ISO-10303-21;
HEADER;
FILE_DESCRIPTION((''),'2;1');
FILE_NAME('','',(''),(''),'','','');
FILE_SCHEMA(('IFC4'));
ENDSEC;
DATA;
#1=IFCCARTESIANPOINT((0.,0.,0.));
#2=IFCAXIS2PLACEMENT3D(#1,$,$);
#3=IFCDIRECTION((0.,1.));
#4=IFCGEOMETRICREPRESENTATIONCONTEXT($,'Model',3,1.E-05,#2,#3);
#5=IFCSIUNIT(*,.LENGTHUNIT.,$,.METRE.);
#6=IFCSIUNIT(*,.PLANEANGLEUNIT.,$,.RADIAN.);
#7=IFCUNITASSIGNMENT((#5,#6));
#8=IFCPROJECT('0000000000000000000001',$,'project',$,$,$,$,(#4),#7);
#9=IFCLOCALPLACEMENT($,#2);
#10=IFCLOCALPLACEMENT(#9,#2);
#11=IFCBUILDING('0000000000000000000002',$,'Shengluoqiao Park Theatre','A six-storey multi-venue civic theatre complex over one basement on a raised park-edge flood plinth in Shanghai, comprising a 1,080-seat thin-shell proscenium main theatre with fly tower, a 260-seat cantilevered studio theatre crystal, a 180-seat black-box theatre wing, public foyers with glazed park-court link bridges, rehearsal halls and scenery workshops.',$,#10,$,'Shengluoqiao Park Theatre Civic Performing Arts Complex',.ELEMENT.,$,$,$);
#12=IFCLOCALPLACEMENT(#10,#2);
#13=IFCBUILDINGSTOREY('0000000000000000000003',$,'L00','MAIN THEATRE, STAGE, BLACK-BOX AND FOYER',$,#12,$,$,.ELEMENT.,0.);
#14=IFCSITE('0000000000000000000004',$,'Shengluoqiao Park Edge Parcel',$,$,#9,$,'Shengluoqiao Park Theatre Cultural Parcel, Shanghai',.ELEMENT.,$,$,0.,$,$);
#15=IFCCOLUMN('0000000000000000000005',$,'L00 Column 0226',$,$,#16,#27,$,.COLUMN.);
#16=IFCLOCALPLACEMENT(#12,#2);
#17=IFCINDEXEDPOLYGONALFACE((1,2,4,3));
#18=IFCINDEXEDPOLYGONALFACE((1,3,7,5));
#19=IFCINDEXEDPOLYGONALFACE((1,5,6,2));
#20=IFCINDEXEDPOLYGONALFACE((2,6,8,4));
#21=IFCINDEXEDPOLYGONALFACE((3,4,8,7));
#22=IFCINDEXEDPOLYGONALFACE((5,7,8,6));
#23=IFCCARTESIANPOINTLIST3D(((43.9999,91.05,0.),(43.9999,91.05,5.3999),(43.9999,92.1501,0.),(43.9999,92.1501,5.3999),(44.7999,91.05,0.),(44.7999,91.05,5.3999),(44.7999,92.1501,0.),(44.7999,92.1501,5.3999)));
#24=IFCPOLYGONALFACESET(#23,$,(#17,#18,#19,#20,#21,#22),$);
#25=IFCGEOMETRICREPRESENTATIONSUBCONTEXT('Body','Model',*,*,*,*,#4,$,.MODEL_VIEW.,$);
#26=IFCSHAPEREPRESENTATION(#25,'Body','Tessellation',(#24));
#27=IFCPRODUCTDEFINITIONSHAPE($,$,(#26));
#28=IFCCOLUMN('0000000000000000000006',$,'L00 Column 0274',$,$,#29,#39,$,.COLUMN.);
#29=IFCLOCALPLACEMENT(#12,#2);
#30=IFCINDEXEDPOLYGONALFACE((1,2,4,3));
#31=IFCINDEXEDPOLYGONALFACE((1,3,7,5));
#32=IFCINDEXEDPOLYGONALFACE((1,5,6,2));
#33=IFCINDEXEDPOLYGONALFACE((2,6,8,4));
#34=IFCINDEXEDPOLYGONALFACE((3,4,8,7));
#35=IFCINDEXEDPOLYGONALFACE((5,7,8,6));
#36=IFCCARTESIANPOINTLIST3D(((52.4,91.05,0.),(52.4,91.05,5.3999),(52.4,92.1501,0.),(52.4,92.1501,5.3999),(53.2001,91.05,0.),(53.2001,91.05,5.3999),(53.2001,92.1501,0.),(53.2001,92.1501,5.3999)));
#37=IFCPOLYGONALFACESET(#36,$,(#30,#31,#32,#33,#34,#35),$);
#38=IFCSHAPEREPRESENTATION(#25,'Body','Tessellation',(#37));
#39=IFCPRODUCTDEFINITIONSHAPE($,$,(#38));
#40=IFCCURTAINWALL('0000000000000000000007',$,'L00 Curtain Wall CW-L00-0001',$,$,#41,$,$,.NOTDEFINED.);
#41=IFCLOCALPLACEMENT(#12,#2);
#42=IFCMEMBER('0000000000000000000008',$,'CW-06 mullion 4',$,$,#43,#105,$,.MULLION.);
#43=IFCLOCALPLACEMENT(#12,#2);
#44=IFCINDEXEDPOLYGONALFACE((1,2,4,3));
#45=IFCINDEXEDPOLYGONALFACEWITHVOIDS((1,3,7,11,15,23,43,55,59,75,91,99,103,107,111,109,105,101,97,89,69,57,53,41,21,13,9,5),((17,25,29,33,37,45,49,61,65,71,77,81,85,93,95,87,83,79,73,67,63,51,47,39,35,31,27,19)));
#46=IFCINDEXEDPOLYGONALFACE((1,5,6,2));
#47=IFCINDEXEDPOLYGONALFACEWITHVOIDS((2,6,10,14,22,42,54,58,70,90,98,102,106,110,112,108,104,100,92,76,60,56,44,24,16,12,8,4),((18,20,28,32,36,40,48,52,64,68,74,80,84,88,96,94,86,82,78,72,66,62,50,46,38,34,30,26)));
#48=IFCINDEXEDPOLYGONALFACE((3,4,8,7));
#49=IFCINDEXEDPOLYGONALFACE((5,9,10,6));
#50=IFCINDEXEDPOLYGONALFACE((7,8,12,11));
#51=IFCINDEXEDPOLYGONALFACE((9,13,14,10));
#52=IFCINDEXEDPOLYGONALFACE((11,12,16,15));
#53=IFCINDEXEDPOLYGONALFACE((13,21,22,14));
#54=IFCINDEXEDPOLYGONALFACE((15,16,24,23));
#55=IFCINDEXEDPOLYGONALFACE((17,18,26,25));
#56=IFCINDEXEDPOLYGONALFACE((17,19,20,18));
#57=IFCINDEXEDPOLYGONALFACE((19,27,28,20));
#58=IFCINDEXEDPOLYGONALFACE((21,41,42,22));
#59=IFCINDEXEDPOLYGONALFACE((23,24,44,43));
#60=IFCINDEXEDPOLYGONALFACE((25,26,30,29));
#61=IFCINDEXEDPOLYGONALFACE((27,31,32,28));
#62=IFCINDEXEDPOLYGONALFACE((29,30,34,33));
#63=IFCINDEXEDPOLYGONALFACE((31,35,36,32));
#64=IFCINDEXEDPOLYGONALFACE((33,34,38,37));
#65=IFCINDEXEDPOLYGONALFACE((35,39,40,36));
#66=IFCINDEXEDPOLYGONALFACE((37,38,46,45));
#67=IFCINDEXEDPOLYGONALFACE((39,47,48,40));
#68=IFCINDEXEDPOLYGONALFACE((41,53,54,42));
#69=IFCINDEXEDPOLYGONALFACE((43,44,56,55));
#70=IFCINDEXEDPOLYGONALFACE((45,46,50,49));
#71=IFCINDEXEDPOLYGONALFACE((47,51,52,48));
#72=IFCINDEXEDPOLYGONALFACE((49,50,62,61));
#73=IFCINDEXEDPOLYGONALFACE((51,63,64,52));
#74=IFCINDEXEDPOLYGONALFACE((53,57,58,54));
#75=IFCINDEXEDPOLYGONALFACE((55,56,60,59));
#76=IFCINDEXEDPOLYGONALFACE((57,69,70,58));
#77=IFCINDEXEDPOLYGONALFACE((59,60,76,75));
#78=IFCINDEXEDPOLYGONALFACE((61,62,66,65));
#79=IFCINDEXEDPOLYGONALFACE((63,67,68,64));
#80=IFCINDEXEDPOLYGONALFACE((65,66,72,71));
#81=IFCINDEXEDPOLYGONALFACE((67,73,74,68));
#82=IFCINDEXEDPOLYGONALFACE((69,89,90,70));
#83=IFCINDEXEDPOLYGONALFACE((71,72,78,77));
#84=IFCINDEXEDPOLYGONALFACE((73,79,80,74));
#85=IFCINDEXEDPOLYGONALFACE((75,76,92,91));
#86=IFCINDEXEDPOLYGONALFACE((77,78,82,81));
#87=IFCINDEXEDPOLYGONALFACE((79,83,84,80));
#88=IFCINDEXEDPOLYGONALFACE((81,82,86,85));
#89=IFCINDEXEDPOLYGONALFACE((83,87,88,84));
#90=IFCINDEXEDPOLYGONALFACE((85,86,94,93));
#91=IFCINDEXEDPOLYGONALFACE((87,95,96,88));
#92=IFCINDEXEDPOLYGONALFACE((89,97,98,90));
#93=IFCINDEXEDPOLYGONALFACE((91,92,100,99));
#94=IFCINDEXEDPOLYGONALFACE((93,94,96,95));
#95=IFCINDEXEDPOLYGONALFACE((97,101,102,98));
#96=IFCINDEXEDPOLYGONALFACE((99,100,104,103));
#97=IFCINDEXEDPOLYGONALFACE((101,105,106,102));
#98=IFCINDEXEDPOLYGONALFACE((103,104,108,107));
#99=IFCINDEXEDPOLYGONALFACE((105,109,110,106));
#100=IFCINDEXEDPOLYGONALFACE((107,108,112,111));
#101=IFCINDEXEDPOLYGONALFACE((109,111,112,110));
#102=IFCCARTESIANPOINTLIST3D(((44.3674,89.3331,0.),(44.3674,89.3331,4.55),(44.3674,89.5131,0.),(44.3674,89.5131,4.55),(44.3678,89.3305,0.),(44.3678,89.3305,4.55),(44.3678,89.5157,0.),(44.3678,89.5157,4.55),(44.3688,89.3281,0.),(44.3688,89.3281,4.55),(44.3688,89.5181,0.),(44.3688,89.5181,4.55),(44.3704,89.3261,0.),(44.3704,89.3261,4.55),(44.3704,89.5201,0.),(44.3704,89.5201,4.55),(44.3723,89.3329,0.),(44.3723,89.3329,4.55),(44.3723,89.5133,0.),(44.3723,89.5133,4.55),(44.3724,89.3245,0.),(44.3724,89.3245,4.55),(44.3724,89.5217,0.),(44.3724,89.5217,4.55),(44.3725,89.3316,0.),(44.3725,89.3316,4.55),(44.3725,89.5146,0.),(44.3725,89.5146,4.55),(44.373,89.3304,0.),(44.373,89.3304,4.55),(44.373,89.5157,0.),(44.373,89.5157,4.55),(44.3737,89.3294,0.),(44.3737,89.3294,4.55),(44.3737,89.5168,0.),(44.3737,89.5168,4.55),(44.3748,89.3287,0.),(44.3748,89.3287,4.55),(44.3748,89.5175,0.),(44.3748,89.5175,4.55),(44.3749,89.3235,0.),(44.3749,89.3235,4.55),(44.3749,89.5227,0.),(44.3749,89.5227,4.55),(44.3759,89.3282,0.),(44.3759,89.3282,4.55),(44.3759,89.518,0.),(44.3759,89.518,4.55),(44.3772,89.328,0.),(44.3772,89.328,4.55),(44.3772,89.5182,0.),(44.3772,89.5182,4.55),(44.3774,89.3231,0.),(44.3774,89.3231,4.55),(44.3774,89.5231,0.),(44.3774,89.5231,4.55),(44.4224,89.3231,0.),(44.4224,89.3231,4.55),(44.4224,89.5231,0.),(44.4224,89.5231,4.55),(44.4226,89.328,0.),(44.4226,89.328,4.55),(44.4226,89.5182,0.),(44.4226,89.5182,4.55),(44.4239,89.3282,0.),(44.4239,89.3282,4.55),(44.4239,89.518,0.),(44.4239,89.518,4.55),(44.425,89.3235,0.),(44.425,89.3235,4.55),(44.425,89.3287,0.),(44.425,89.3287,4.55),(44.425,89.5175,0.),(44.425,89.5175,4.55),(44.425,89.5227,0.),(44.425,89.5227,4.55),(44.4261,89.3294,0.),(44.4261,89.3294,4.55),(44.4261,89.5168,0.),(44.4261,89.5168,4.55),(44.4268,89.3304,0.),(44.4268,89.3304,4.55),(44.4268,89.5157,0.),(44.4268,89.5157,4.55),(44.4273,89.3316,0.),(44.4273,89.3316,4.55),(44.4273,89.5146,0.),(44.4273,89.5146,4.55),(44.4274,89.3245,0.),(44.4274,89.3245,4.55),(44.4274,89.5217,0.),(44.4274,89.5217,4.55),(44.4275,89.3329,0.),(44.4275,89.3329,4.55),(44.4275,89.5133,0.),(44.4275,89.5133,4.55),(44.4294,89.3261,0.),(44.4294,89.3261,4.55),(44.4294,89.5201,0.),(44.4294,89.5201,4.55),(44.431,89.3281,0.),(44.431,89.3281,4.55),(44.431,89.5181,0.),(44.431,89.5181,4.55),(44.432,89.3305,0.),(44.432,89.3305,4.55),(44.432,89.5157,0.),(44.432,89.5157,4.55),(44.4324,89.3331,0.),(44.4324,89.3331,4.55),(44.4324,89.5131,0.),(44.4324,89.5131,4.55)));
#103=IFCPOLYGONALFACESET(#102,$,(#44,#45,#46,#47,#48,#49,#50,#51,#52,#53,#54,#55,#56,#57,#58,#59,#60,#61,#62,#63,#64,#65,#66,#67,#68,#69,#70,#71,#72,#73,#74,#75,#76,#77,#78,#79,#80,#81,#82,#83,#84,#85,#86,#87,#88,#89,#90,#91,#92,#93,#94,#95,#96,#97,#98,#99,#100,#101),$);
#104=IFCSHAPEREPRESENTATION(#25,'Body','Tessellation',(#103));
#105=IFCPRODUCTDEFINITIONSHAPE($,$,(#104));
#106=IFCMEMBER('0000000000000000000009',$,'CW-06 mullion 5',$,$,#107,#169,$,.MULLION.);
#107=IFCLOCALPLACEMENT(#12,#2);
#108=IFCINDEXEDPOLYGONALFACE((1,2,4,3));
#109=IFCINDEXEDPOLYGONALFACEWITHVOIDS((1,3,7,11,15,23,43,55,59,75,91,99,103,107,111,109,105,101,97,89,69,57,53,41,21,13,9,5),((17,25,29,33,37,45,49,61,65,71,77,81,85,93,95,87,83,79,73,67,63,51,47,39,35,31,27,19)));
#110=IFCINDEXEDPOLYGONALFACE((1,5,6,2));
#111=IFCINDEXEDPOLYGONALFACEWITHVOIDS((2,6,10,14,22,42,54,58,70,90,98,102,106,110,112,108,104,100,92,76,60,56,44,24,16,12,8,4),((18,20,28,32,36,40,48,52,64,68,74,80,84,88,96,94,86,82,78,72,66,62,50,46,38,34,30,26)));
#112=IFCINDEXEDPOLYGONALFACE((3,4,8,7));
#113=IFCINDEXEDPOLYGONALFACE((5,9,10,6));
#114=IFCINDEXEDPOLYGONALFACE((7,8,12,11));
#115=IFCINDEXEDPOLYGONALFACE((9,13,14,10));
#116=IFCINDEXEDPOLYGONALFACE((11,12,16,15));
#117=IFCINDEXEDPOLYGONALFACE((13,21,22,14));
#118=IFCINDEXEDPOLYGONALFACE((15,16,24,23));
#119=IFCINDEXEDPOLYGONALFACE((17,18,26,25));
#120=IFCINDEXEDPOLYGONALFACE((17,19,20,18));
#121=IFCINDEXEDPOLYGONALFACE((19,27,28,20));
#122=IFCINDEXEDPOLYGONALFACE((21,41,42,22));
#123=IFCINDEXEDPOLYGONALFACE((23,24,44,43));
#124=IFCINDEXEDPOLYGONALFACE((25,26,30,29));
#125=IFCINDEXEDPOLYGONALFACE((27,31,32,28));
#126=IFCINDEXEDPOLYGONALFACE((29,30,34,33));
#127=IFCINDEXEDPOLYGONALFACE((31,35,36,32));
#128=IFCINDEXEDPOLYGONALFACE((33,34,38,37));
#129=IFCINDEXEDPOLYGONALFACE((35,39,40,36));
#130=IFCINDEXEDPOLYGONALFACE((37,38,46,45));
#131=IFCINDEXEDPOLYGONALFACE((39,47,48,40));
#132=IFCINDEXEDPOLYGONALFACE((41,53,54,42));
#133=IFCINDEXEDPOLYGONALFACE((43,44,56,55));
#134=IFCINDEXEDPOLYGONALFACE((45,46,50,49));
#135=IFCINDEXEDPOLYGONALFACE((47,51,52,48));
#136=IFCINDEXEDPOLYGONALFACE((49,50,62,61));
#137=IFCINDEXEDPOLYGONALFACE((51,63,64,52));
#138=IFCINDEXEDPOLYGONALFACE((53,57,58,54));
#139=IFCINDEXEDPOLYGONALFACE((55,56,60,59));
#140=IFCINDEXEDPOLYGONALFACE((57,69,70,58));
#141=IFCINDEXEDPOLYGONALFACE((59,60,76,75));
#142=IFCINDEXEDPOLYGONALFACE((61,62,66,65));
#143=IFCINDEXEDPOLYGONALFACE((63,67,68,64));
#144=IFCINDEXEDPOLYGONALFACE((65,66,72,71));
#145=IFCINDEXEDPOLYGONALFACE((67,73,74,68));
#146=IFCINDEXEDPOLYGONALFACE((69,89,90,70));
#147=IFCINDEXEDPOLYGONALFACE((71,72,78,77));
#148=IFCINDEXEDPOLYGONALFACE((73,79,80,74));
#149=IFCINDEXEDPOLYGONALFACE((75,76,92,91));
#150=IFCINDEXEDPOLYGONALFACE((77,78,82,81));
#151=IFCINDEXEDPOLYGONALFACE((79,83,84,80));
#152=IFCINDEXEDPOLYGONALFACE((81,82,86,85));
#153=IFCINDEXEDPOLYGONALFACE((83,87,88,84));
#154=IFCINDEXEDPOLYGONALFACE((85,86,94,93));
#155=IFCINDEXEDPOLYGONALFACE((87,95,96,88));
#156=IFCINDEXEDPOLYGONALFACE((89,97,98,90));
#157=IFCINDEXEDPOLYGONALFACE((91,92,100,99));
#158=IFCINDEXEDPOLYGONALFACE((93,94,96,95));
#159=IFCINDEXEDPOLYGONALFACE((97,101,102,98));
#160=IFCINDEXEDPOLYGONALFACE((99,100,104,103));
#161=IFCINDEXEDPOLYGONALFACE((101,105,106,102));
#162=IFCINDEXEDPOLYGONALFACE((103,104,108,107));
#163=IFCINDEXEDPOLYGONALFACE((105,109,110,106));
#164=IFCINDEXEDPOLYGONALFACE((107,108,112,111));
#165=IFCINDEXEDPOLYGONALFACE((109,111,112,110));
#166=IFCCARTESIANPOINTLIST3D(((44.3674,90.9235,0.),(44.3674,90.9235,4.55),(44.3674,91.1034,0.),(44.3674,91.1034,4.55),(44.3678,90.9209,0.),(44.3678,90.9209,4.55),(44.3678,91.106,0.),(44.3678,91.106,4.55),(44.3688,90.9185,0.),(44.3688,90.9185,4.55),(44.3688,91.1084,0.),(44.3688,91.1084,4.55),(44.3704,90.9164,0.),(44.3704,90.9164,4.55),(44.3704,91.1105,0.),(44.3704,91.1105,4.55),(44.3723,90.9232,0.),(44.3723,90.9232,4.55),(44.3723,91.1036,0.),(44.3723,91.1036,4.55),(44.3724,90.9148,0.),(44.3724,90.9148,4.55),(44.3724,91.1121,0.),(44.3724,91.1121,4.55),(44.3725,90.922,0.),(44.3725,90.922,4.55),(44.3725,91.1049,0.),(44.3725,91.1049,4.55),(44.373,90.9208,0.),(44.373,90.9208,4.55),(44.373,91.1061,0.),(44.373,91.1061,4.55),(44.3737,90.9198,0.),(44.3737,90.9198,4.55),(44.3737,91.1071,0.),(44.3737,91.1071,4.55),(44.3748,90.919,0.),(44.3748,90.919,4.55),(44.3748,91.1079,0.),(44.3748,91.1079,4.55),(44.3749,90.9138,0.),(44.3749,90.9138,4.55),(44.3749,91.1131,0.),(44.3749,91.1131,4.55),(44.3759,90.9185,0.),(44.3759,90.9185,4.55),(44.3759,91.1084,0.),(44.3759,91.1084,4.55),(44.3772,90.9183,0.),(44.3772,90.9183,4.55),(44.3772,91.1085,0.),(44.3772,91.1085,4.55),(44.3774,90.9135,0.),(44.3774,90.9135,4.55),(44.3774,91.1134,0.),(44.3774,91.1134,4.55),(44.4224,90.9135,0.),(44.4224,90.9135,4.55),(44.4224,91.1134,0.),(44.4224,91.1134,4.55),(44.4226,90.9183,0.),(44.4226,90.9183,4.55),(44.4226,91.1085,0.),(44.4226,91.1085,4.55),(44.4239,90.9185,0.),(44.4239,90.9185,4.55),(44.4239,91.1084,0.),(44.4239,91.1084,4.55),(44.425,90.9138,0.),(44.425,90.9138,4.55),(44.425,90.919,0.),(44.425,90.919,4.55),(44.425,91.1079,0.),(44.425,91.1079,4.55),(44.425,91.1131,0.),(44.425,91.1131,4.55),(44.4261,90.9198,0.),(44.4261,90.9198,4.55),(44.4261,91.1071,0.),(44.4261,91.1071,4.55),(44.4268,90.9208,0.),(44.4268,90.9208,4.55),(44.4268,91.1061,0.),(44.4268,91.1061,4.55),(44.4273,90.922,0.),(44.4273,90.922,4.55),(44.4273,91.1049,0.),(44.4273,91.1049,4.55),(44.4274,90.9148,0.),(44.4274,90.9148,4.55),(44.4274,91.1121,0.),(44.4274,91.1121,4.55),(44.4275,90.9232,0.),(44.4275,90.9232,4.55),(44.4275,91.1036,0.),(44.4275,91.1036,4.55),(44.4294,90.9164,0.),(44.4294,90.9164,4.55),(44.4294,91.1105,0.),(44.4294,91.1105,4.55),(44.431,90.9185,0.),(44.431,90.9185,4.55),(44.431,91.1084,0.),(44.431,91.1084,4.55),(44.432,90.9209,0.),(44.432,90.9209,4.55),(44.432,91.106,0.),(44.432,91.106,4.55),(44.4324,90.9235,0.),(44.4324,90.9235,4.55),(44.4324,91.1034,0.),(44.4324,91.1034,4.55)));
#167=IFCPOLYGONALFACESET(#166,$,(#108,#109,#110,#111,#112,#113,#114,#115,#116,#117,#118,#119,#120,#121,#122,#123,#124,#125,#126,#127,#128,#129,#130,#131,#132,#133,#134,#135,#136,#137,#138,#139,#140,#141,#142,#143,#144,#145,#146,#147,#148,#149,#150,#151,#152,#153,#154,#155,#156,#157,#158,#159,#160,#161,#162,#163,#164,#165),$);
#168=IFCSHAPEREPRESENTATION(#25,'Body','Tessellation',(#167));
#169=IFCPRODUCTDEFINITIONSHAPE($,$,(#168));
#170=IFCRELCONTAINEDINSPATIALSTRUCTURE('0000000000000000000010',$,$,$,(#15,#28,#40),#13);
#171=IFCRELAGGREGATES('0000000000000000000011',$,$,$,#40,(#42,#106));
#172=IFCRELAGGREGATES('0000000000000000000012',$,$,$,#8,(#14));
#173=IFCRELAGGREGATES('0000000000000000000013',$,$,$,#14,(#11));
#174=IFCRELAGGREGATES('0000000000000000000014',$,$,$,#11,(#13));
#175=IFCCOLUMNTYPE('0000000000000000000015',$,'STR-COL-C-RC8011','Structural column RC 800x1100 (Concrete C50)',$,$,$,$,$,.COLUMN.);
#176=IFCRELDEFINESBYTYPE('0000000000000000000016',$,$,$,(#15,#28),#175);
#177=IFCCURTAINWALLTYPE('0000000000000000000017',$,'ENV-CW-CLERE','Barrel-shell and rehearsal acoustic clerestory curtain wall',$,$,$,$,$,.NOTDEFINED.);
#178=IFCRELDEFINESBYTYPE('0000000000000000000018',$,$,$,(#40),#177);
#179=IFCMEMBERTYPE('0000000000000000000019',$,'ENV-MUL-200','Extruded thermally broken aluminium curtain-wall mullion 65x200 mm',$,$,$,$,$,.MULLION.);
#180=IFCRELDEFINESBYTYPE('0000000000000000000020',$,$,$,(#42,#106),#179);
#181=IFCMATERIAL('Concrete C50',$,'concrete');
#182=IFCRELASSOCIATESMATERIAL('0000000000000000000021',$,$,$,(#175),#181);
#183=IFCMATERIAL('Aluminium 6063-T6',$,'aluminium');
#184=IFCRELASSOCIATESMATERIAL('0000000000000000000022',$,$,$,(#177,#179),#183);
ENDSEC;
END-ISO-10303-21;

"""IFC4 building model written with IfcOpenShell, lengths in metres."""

from ifc_helpers import new_model, si_unit, direction, frame, origin, origin_2d, place, context, subcontext, project, spatial, rectangle, hollow_rectangle, extrude, material, material_profile, profile_set, type_object, element, aggregate, save


model = new_model("IFC4")

# Units and contexts
model_context = context("Model", 3, precision=1e-05, world=origin(), true_north=direction((0.0, 1.0)))
body_context = subcontext(model_context, "Body", "Model", "MODEL_VIEW")
ifc_project = project(units=[si_unit("LENGTHUNIT", "METRE"), si_unit("PLANEANGLEUNIT", "RADIAN")], contexts=[model_context])

# Site, building, storey
site_placement = place(None, origin())
site = spatial("IfcSite", under=ifc_project, at=site_placement, Name="Shengluoqiao Park Edge Parcel", LongName="Shengluoqiao Park Theatre Cultural Parcel, Shanghai", CompositionType="ELEMENT", RefElevation=0.0)
building_placement = place(site_placement, origin())
building = spatial("IfcBuilding", under=site, at=building_placement, Name="Shengluoqiao Park Theatre", Description="A six-storey multi-venue civic theatre complex over one basement on a raised park-edge flood plinth in Shanghai, comprising a 1,080-seat thin-shell proscenium main theatre with fly tower, a 260-seat cantilevered studio theatre crystal, a 180-seat black-box theatre wing, public foyers with glazed park-court link bridges, rehearsal halls and scenery workshops.", LongName="Shengluoqiao Park Theatre Civic Performing Arts Complex", CompositionType="ELEMENT")
storey_placement = place(building_placement, origin())
storey = spatial("IfcBuildingStorey", under=building, at=storey_placement, Name="L00", Description="MAIN THEATRE, STAGE, BLACK-BOX AND FOYER", CompositionType="ELEMENT", Elevation=0.0)

# Columns
ifc_material_1 = material(Name="Concrete C50", Category="concrete")
ifc_material_profile_1 = material_profile(ifc_material_1, rectangle(XDim=0.8, YDim=1.1001, at=origin_2d()), Name="RC 800x1100")
ifc_profile_set_1 = profile_set([ifc_material_profile_1], Name="Concrete C50")
column_type = type_object("IfcColumnType", Name="STR-COL-C-RC8011", Description="Structural column RC 800x1100 (Concrete C50)", PredefinedType="COLUMN", material=ifc_profile_set_1)
for number, where, z_axis, x_axis, name in (
    (1, (44.3999, 91.6001, 0.0), (0.0, 0.0, 1.0), (1.0, 0.0, 0.0), "L00 Column 0226"),
    (2, (52.8, 91.6001, 0.0), (0.0, 0.0, 1.0), (1.0, 0.0, 0.0), "L00 Column 0274"),
):
    element("IfcColumn", number, at=place(storey_placement, frame(where, z_axis=z_axis, x_axis=x_axis)), inside=storey, type_object=column_type, Name=name, PredefinedType="COLUMN", context=body_context, shape_type="SweptSolid", body=[
        extrude(rectangle(XDim=0.8, YDim=1.1001, at=origin_2d()), origin(), (0.0, 0.0, 1.0), 5.3999),
    ])

# Curtain wall, members
ifc_material_2 = material(Name="Aluminium 6063-T6", Category="aluminium")
curtain_wall_type = type_object("IfcCurtainWallType", Name="ENV-CW-CLERE", Description="Barrel-shell and rehearsal acoustic clerestory curtain wall", PredefinedType="NOTDEFINED", material=ifc_material_2)
curtain_wall_placement = place(storey_placement, origin())
curtain_wall = element("IfcCurtainWall", 3, at=curtain_wall_placement, inside=storey, type_object=curtain_wall_type, Name="L00 Curtain Wall CW-L00-0001", PredefinedType="NOTDEFINED")
ifc_material_profile_2 = material_profile(ifc_material_2, hollow_rectangle(XDim=0.0649, YDim=0.2, WallThickness=0.0049, InnerFilletRadius=0.0049, OuterFilletRadius=0.01, at=origin_2d()), Name="ALU MULLION 200x65x5")
ifc_profile_set_2 = profile_set([ifc_material_profile_2], Name="Aluminium 6063-T6")
member_type_1 = type_object("IfcMemberType", Name="ENV-MUL-200", Description="Extruded thermally broken aluminium curtain-wall mullion 65x200 mm", PredefinedType="MULLION", material=ifc_profile_set_2)
member_1_placement = place(storey_placement, frame((44.3999, 89.4231, 0.0), z_axis=(0.0, 0.0, 1.0), x_axis=(-1.0, 0.0, 0.0)))
member_1 = element("IfcMember", 4, at=member_1_placement, type_object=member_type_1, Name="CW-06 mullion 4", PredefinedType="MULLION", context=body_context, shape_type="SweptSolid", body=[
    extrude(hollow_rectangle(XDim=0.0649, YDim=0.2, WallThickness=0.0049, InnerFilletRadius=0.0049, OuterFilletRadius=0.01, at=origin_2d()), origin(), (0.0, 0.0, 1.0), 4.55),
])
member_2_placement = place(storey_placement, frame((44.3999, 91.0134, 0.0), z_axis=(0.0, 0.0, 1.0), x_axis=(-1.0, 0.0, 0.0)))
member_2 = element("IfcMember", 5, at=member_2_placement, type_object=member_type_1, Name="CW-06 mullion 5", PredefinedType="MULLION", context=body_context, shape_type="SweptSolid", body=[
    extrude(hollow_rectangle(XDim=0.0649, YDim=0.2, WallThickness=0.0049, InnerFilletRadius=0.0049, OuterFilletRadius=0.01, at=origin_2d()), origin(), (0.0, 0.0, 1.0), 4.55),
])

aggregate(curtain_wall, [member_1, member_2])

save(model, "model.ifc")
